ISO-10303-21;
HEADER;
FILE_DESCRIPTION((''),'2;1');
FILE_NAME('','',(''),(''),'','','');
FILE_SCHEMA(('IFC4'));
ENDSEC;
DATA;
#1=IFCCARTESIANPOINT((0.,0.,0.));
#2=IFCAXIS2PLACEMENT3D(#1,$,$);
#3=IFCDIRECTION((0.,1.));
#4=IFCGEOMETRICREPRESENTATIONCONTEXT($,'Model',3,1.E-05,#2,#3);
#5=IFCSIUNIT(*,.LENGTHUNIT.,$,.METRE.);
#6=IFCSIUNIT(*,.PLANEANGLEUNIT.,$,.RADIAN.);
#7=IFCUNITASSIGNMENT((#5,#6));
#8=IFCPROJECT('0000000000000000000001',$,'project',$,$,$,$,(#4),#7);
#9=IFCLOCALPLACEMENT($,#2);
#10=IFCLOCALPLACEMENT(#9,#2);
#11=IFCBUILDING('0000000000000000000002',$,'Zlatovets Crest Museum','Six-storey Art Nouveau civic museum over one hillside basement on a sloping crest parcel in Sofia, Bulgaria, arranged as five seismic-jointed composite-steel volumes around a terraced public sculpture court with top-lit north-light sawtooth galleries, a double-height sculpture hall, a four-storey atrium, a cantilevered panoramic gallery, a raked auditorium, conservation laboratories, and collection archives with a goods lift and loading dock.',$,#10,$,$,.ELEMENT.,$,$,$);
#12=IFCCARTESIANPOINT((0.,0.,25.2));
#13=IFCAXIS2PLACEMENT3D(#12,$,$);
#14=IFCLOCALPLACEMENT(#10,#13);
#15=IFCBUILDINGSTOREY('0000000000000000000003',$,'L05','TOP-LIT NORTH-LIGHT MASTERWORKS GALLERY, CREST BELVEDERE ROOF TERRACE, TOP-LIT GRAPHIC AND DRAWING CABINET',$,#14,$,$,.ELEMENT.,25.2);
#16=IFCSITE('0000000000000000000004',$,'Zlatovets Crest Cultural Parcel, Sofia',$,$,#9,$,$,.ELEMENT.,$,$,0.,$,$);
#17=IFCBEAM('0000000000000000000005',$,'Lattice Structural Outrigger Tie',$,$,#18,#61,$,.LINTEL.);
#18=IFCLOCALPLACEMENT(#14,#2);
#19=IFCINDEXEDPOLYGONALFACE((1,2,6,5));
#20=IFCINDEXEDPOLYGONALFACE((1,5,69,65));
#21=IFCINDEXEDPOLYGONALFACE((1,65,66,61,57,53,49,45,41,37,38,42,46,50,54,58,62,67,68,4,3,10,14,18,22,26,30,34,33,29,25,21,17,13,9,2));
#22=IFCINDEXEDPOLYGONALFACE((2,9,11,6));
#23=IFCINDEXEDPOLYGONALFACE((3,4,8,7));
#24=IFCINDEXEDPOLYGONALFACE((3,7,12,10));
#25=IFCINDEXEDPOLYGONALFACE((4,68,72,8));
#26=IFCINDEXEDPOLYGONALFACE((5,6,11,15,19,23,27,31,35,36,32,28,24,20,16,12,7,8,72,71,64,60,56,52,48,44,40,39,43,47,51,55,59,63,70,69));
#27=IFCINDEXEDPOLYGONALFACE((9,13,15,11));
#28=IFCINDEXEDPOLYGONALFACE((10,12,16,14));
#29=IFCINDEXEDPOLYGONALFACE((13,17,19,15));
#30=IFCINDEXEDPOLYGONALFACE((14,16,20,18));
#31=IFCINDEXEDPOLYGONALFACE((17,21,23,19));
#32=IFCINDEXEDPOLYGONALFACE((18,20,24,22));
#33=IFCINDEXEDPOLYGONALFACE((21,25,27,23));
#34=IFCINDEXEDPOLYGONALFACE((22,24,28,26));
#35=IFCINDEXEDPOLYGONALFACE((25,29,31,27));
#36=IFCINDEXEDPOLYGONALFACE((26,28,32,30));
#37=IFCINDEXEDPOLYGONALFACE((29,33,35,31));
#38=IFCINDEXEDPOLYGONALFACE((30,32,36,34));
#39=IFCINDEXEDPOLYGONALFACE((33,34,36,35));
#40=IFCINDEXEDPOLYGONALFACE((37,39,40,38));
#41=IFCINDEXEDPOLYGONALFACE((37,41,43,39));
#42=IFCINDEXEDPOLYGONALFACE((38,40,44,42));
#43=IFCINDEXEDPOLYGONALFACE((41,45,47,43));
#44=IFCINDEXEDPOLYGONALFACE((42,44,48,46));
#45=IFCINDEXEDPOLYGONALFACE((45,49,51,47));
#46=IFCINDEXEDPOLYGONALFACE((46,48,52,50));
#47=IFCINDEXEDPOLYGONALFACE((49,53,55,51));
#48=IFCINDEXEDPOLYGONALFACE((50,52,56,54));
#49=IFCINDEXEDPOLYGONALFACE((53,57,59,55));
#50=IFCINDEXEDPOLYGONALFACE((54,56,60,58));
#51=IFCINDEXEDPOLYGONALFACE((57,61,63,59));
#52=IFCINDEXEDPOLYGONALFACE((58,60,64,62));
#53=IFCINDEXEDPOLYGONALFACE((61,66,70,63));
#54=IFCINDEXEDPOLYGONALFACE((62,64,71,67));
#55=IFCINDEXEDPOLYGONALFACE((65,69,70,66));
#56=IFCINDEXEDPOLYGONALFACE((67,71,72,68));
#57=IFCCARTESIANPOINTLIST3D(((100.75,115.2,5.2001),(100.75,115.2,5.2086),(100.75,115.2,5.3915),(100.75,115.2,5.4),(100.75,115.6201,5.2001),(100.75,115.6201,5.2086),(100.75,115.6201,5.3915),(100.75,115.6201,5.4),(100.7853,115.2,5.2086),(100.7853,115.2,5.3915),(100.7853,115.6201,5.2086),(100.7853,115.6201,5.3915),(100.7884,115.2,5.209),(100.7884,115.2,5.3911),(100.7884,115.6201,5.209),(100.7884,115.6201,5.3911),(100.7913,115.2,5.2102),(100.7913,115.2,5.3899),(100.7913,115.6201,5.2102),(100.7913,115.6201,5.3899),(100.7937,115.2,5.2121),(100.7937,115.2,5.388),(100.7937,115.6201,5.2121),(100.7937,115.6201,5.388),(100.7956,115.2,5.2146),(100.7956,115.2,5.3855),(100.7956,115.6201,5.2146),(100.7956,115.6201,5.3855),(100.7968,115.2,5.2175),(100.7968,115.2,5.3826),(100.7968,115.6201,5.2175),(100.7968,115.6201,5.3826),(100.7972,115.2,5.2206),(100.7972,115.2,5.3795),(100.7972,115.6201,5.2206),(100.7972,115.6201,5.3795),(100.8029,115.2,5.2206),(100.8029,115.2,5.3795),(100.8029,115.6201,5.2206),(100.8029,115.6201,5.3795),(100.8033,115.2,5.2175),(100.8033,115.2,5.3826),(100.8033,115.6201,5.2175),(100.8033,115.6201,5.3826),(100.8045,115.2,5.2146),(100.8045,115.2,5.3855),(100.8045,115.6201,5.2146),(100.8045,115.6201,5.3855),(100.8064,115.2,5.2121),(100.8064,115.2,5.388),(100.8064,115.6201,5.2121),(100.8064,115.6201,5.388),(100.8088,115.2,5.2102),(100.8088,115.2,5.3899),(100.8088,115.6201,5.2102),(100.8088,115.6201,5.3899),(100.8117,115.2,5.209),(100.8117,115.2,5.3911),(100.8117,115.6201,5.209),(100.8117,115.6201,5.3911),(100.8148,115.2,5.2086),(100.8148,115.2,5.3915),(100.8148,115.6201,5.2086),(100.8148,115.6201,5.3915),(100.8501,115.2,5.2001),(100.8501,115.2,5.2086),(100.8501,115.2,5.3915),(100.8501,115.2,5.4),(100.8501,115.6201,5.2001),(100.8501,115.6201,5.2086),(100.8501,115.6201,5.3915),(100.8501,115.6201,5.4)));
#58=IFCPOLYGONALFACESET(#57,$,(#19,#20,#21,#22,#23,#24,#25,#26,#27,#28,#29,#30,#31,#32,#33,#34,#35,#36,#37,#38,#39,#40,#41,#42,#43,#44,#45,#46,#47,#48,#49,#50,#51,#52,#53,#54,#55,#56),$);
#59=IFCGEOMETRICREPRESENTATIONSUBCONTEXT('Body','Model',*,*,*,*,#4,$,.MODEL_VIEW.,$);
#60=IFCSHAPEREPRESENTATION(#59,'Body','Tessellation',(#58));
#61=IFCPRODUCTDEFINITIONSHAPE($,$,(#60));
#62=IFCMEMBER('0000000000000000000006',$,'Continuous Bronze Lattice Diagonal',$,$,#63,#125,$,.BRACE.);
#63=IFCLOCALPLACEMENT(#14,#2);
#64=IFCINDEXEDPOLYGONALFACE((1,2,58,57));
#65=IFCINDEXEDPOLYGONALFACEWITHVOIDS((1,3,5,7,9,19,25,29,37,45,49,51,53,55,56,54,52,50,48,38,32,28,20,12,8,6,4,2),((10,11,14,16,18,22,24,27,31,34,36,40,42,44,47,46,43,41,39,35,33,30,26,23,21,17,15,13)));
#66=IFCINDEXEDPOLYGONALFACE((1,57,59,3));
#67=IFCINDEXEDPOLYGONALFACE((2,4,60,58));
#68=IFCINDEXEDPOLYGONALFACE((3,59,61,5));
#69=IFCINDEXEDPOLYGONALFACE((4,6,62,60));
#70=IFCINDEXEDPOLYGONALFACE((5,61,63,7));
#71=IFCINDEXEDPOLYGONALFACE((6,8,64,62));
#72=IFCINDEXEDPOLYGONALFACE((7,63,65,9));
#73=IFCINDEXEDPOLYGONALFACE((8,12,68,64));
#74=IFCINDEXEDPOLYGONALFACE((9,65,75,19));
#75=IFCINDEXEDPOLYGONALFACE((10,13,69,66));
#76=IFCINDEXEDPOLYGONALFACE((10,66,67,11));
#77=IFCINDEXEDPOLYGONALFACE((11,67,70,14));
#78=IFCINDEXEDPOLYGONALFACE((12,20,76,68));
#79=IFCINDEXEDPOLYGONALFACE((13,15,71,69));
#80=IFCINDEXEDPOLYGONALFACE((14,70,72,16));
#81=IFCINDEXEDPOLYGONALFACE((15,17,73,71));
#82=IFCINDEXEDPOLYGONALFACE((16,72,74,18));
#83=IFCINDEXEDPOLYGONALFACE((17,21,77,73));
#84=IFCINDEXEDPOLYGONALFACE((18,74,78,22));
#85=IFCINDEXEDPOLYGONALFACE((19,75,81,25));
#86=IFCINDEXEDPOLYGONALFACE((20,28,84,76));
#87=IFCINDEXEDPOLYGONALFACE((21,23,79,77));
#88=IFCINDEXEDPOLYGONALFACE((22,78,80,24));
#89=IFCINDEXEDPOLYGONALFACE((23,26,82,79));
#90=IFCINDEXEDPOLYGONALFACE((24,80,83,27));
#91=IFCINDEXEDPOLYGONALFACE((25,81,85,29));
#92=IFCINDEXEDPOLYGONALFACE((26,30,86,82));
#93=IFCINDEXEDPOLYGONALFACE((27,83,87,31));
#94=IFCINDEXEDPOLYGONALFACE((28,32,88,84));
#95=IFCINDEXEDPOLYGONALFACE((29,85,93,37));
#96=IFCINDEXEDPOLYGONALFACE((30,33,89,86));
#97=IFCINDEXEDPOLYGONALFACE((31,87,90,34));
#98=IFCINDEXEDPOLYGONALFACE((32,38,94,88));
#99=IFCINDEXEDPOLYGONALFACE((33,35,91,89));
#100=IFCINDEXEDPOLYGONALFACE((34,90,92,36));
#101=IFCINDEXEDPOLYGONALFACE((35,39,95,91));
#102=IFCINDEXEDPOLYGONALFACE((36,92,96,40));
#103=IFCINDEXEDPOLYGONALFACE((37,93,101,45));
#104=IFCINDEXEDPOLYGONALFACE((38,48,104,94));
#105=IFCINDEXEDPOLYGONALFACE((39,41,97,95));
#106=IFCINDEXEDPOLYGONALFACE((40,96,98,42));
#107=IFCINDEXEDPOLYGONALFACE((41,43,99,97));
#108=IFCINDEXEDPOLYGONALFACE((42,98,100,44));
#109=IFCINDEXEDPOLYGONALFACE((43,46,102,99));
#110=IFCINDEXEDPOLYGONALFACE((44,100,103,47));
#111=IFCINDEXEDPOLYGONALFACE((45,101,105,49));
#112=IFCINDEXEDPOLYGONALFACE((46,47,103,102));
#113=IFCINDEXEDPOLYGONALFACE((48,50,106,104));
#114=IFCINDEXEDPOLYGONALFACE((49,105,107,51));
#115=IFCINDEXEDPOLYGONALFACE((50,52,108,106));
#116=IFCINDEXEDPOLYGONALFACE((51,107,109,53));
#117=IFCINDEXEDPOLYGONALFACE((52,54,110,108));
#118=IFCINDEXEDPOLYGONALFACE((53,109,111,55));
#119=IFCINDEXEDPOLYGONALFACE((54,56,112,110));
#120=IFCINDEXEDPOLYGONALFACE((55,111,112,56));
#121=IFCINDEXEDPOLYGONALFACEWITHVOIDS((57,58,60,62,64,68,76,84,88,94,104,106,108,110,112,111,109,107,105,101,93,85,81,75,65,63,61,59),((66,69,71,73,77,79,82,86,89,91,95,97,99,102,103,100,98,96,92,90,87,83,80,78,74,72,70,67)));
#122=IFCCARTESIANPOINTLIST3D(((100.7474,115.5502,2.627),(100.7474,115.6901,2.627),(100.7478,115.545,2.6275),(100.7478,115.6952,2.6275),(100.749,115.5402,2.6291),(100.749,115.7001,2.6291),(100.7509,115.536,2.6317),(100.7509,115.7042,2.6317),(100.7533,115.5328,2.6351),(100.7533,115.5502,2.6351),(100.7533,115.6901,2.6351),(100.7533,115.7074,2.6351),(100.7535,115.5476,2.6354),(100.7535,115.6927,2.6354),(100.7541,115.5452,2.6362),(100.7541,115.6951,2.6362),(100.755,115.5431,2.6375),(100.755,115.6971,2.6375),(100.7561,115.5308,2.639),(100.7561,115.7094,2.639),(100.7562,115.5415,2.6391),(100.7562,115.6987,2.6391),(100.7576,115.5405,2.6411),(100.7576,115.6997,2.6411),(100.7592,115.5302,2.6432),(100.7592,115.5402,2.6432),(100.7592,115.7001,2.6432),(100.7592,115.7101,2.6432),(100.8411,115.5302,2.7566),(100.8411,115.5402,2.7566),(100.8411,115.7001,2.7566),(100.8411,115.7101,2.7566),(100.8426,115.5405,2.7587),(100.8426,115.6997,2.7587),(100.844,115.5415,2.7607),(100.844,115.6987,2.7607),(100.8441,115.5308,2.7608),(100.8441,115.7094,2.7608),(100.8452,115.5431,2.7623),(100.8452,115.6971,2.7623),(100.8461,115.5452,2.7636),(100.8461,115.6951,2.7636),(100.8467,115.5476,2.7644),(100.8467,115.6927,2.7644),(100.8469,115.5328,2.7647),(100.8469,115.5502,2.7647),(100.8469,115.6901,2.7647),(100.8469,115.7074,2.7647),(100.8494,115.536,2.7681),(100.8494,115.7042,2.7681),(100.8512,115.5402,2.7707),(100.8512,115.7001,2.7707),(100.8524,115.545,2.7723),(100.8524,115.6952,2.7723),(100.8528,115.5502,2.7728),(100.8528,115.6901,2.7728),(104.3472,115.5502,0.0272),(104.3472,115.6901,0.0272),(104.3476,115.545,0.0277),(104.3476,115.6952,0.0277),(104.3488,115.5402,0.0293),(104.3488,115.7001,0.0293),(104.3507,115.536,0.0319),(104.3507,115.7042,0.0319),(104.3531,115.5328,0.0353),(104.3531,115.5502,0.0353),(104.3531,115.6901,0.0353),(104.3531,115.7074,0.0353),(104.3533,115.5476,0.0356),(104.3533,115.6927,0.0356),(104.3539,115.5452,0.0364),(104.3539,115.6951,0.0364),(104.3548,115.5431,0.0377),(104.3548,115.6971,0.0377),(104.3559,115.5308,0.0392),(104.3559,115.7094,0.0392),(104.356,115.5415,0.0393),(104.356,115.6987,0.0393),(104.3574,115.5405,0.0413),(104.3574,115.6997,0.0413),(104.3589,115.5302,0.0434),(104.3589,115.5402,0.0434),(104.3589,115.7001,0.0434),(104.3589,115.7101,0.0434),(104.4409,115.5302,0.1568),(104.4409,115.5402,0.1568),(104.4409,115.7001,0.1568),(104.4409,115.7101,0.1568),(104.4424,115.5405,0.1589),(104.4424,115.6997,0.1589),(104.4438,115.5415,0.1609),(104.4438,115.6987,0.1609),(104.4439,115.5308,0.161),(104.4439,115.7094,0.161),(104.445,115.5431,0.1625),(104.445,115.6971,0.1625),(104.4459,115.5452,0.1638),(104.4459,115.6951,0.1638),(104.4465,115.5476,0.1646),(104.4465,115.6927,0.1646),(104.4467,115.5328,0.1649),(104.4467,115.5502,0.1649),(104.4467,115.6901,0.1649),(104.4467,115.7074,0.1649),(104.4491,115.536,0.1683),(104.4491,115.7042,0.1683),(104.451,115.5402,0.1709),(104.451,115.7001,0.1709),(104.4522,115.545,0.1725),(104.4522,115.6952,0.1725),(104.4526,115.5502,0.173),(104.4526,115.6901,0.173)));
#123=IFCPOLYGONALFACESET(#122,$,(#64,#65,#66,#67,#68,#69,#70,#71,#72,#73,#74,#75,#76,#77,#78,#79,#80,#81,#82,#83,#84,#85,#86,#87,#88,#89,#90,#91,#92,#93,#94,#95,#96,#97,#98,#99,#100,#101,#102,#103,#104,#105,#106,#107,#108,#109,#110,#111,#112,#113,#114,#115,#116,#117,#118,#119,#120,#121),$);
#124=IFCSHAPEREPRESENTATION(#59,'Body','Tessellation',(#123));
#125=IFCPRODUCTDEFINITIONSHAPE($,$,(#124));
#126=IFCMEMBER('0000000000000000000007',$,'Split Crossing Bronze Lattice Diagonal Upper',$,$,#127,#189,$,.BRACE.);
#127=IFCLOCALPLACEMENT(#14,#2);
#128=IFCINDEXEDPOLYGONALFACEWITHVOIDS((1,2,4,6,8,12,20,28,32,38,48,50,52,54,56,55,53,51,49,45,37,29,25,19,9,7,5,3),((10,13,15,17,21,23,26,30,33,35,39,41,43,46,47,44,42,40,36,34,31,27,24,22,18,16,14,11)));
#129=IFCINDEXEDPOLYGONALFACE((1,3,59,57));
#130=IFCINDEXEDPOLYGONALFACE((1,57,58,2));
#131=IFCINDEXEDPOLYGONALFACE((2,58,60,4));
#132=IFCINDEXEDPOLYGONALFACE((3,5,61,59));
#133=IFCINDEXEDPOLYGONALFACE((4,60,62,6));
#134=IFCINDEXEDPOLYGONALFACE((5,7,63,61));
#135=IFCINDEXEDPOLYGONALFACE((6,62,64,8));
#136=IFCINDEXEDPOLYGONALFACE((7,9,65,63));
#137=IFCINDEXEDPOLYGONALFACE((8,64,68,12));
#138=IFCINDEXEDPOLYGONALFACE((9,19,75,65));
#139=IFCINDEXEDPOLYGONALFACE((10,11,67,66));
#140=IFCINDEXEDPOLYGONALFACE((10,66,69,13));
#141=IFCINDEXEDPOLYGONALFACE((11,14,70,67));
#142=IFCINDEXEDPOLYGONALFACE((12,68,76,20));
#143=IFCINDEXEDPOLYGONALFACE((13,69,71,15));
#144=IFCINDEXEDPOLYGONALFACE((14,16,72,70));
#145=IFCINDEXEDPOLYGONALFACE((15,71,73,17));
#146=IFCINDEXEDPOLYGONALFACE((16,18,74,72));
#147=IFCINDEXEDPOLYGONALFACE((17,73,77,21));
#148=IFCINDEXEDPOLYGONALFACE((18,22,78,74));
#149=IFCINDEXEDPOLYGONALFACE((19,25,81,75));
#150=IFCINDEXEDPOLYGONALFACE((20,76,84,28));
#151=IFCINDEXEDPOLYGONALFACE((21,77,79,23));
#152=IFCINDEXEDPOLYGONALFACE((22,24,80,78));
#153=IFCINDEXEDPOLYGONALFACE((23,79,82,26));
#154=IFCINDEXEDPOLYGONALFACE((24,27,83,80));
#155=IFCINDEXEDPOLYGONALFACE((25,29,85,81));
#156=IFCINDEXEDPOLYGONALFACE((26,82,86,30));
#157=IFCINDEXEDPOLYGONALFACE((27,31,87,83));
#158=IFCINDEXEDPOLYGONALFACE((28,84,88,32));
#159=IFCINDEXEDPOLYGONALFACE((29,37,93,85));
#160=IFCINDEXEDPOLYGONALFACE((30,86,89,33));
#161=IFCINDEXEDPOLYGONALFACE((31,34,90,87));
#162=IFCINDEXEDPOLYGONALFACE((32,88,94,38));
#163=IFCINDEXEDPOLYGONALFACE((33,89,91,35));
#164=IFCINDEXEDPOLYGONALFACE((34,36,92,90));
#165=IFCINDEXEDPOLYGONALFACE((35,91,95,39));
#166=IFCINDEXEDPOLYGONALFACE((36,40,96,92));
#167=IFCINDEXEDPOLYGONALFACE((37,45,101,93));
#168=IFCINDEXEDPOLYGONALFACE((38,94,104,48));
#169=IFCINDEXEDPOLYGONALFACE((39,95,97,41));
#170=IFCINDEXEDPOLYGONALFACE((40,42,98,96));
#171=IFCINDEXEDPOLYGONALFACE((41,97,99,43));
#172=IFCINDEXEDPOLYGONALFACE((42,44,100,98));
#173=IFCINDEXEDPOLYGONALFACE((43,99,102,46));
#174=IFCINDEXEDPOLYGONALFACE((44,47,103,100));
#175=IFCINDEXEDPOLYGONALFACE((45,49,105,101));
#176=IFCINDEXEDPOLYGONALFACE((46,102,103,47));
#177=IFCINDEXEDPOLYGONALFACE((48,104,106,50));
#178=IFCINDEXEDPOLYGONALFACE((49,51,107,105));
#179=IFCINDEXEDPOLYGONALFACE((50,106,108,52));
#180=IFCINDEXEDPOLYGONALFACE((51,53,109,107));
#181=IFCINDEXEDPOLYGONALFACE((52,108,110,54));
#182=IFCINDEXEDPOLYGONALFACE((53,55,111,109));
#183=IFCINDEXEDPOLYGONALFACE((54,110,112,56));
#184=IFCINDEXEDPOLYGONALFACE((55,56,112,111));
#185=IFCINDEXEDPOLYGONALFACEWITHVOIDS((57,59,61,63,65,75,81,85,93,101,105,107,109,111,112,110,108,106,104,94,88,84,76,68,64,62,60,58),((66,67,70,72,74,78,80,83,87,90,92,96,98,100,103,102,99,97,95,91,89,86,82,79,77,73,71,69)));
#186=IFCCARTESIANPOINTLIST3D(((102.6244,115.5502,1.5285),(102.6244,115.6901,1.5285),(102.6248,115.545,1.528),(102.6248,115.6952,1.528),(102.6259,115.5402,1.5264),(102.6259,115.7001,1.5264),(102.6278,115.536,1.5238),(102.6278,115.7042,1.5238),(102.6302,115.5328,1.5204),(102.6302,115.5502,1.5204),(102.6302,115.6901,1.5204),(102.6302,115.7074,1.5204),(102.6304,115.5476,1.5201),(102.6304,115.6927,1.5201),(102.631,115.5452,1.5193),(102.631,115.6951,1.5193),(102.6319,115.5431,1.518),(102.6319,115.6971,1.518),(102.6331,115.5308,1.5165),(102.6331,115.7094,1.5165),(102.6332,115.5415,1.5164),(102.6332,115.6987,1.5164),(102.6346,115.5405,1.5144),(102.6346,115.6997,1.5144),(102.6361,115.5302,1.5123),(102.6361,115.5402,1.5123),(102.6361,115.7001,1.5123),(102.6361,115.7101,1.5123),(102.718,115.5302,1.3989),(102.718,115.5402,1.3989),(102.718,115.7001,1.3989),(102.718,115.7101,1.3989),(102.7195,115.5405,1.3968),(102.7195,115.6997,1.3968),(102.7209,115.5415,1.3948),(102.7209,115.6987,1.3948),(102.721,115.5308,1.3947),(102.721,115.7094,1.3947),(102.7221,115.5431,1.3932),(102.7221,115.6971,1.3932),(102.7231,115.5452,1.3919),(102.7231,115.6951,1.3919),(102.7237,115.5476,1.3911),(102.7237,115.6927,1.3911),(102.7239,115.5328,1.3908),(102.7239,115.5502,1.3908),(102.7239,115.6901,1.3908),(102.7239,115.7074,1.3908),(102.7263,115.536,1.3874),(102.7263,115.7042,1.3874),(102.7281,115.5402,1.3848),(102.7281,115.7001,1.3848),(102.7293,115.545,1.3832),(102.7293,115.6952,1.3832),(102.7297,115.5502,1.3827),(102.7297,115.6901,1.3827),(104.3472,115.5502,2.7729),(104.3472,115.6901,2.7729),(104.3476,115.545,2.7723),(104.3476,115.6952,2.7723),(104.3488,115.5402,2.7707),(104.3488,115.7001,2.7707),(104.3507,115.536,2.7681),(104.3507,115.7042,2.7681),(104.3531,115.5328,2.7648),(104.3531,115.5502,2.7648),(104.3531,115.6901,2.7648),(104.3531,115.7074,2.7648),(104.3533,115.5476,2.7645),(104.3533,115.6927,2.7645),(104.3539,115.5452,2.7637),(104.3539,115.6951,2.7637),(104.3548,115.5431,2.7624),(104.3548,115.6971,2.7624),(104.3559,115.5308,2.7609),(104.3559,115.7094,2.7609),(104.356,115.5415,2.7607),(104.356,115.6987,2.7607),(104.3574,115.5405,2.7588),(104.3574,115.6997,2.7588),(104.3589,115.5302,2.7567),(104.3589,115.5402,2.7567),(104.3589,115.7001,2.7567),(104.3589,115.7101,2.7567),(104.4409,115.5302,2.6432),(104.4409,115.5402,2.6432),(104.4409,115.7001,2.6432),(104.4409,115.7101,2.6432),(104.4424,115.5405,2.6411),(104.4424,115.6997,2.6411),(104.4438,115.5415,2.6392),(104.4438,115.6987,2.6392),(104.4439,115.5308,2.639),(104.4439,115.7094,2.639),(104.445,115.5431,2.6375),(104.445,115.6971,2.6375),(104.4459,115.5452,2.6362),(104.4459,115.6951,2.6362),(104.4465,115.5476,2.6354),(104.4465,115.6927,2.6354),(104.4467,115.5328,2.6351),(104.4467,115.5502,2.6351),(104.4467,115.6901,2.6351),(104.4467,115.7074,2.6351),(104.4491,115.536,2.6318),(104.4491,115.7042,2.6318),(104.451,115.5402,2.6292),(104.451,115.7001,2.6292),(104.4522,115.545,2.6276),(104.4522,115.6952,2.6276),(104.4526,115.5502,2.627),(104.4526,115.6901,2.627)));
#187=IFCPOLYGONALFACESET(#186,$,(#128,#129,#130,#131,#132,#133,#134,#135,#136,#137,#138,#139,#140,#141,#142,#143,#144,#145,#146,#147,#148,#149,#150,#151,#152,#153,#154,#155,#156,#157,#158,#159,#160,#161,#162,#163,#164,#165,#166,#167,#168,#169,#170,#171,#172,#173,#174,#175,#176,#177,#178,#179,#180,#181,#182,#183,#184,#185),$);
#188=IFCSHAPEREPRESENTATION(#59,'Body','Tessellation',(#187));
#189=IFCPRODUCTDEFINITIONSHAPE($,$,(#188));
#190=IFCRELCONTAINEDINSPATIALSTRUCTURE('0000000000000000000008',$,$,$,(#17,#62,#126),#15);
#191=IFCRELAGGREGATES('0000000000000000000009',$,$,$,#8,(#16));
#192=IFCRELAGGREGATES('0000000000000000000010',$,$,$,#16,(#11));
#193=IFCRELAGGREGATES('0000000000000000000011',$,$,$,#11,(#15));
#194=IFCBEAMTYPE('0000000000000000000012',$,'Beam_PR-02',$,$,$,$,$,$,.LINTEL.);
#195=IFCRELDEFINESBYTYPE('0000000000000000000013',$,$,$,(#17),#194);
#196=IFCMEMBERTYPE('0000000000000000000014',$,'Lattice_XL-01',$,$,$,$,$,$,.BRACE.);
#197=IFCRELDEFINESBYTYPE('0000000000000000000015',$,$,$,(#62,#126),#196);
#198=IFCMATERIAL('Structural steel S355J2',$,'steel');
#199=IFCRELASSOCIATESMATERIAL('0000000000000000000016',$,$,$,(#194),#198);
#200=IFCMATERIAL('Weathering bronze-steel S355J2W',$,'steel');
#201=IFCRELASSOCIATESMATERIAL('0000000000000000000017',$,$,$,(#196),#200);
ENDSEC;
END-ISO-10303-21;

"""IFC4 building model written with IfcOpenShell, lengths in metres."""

from ifc_helpers import new_model, si_unit, direction, frame, origin, origin_2d, place, context, subcontext, project, spatial, hollow_rectangle, i_section, extrude, material, material_profile, profile_set, type_object, element, save


model = new_model("IFC4")

# Units and contexts
model_context = context("Model", 3, precision=1e-05, world=origin(), true_north=direction((0.0, 1.0)))
body_context = subcontext(model_context, "Body", "Model", "MODEL_VIEW")
ifc_project = project(units=[si_unit("LENGTHUNIT", "METRE"), si_unit("PLANEANGLEUNIT", "RADIAN")], contexts=[model_context])

# Site, building, storey
site_placement = place(None, origin())
site = spatial("IfcSite", under=ifc_project, at=site_placement, Name="Zlatovets Crest Cultural Parcel, Sofia", CompositionType="ELEMENT", RefElevation=0.0)
building_placement = place(site_placement, origin())
building = spatial("IfcBuilding", under=site, at=building_placement, Name="Zlatovets Crest Museum", Description="Six-storey Art Nouveau civic museum over one hillside basement on a sloping crest parcel in Sofia, Bulgaria, arranged as five seismic-jointed composite-steel volumes around a terraced public sculpture court with top-lit north-light sawtooth galleries, a double-height sculpture hall, a four-storey atrium, a cantilevered panoramic gallery, a raked auditorium, conservation laboratories, and collection archives with a goods lift and loading dock.", CompositionType="ELEMENT")
storey_placement = place(building_placement, frame((0.0, 0.0, 25.2)))
storey = spatial("IfcBuildingStorey", under=building, at=storey_placement, Name="L05", Description="TOP-LIT NORTH-LIGHT MASTERWORKS GALLERY, CREST BELVEDERE ROOF TERRACE, TOP-LIT GRAPHIC AND DRAWING CABINET", CompositionType="ELEMENT", Elevation=25.2)

# Beam
ifc_material_1 = material(Name="Structural steel S355J2", Category="steel")
ifc_material_profile_1 = material_profile(ifc_material_1, i_section(OverallWidth=0.1001, OverallDepth=0.2, WebThickness=0.0056, FlangeThickness=0.0085, FilletRadius=0.012, at=origin_2d()), Name="IPE 200")
ifc_profile_set_1 = profile_set([ifc_material_profile_1], Name="Structural steel S355J2")
beam_type = type_object("IfcBeamType", Name="Beam_PR-02", PredefinedType="LINTEL", material=ifc_profile_set_1)
beam_placement = place(storey_placement, frame((100.8, 115.2, 5.3), z_axis=(0.0, 1.0, 0.0), x_axis=(-1.0, 0.0, 0.0)))
element("IfcBeam", 1, at=beam_placement, inside=storey, type_object=beam_type, Name="Lattice Structural Outrigger Tie", PredefinedType="LINTEL", context=body_context, shape_type="SweptSolid", body=[
    extrude(i_section(OverallWidth=0.1001, OverallDepth=0.2, WebThickness=0.0056, FlangeThickness=0.0085, FilletRadius=0.012, at=origin_2d()), origin(), (0.0, 0.0, 1.0), 0.4202),
])

# Members
ifc_material_2 = material(Name="Weathering bronze-steel S355J2W", Category="steel")
ifc_material_profile_2 = material_profile(ifc_material_2, hollow_rectangle(XDim=0.1799, YDim=0.1799, WallThickness=0.01, InnerFilletRadius=0.01, OuterFilletRadius=0.02, at=origin_2d()), Name="SHS 180x180x10.0")
ifc_profile_set_2 = profile_set([ifc_material_profile_2], Name="Weathering bronze-steel S355J2W")
member_type_1 = type_object("IfcMemberType", Name="Lattice_XL-01", PredefinedType="BRACE", material=ifc_profile_set_2)
member_1_placement = place(storey_placement, frame((104.3999, 115.6201, 0.1001), z_axis=(-0.810684, 0.0, 0.585485), x_axis=(0.0, -1.0, 0.0)))
element("IfcMember", 2, at=member_1_placement, inside=storey, type_object=member_type_1, Name="Continuous Bronze Lattice Diagonal", PredefinedType="BRACE", context=body_context, shape_type="SweptSolid", body=[
    extrude(hollow_rectangle(XDim=0.1799, YDim=0.1799, WallThickness=0.01, InnerFilletRadius=0.01, OuterFilletRadius=0.02, at=origin_2d()), origin(), (0.0, 0.0, 1.0), 4.4404),
])
for number, where, z_axis, x_axis, name in (
    (3, (104.3999, 115.6201, 2.7), (-0.810664, 0.0, -0.585512), (0.0, -1.0, 0.0), "Split Crossing Bronze Lattice Diagonal Upper"),
):
    element("IfcMember", number, at=place(storey_placement, frame(where, z_axis=z_axis, x_axis=x_axis)), inside=storey, type_object=member_type_1, Name=name, PredefinedType="BRACE", context=body_context, shape_type="SweptSolid", body=[
        extrude(hollow_rectangle(XDim=0.1799, YDim=0.1799, WallThickness=0.01, InnerFilletRadius=0.01, OuterFilletRadius=0.02, at=origin_2d()), origin(), (0.0, 0.0, 1.0), 2.1252),
    ])

save(model, "model.ifc")
